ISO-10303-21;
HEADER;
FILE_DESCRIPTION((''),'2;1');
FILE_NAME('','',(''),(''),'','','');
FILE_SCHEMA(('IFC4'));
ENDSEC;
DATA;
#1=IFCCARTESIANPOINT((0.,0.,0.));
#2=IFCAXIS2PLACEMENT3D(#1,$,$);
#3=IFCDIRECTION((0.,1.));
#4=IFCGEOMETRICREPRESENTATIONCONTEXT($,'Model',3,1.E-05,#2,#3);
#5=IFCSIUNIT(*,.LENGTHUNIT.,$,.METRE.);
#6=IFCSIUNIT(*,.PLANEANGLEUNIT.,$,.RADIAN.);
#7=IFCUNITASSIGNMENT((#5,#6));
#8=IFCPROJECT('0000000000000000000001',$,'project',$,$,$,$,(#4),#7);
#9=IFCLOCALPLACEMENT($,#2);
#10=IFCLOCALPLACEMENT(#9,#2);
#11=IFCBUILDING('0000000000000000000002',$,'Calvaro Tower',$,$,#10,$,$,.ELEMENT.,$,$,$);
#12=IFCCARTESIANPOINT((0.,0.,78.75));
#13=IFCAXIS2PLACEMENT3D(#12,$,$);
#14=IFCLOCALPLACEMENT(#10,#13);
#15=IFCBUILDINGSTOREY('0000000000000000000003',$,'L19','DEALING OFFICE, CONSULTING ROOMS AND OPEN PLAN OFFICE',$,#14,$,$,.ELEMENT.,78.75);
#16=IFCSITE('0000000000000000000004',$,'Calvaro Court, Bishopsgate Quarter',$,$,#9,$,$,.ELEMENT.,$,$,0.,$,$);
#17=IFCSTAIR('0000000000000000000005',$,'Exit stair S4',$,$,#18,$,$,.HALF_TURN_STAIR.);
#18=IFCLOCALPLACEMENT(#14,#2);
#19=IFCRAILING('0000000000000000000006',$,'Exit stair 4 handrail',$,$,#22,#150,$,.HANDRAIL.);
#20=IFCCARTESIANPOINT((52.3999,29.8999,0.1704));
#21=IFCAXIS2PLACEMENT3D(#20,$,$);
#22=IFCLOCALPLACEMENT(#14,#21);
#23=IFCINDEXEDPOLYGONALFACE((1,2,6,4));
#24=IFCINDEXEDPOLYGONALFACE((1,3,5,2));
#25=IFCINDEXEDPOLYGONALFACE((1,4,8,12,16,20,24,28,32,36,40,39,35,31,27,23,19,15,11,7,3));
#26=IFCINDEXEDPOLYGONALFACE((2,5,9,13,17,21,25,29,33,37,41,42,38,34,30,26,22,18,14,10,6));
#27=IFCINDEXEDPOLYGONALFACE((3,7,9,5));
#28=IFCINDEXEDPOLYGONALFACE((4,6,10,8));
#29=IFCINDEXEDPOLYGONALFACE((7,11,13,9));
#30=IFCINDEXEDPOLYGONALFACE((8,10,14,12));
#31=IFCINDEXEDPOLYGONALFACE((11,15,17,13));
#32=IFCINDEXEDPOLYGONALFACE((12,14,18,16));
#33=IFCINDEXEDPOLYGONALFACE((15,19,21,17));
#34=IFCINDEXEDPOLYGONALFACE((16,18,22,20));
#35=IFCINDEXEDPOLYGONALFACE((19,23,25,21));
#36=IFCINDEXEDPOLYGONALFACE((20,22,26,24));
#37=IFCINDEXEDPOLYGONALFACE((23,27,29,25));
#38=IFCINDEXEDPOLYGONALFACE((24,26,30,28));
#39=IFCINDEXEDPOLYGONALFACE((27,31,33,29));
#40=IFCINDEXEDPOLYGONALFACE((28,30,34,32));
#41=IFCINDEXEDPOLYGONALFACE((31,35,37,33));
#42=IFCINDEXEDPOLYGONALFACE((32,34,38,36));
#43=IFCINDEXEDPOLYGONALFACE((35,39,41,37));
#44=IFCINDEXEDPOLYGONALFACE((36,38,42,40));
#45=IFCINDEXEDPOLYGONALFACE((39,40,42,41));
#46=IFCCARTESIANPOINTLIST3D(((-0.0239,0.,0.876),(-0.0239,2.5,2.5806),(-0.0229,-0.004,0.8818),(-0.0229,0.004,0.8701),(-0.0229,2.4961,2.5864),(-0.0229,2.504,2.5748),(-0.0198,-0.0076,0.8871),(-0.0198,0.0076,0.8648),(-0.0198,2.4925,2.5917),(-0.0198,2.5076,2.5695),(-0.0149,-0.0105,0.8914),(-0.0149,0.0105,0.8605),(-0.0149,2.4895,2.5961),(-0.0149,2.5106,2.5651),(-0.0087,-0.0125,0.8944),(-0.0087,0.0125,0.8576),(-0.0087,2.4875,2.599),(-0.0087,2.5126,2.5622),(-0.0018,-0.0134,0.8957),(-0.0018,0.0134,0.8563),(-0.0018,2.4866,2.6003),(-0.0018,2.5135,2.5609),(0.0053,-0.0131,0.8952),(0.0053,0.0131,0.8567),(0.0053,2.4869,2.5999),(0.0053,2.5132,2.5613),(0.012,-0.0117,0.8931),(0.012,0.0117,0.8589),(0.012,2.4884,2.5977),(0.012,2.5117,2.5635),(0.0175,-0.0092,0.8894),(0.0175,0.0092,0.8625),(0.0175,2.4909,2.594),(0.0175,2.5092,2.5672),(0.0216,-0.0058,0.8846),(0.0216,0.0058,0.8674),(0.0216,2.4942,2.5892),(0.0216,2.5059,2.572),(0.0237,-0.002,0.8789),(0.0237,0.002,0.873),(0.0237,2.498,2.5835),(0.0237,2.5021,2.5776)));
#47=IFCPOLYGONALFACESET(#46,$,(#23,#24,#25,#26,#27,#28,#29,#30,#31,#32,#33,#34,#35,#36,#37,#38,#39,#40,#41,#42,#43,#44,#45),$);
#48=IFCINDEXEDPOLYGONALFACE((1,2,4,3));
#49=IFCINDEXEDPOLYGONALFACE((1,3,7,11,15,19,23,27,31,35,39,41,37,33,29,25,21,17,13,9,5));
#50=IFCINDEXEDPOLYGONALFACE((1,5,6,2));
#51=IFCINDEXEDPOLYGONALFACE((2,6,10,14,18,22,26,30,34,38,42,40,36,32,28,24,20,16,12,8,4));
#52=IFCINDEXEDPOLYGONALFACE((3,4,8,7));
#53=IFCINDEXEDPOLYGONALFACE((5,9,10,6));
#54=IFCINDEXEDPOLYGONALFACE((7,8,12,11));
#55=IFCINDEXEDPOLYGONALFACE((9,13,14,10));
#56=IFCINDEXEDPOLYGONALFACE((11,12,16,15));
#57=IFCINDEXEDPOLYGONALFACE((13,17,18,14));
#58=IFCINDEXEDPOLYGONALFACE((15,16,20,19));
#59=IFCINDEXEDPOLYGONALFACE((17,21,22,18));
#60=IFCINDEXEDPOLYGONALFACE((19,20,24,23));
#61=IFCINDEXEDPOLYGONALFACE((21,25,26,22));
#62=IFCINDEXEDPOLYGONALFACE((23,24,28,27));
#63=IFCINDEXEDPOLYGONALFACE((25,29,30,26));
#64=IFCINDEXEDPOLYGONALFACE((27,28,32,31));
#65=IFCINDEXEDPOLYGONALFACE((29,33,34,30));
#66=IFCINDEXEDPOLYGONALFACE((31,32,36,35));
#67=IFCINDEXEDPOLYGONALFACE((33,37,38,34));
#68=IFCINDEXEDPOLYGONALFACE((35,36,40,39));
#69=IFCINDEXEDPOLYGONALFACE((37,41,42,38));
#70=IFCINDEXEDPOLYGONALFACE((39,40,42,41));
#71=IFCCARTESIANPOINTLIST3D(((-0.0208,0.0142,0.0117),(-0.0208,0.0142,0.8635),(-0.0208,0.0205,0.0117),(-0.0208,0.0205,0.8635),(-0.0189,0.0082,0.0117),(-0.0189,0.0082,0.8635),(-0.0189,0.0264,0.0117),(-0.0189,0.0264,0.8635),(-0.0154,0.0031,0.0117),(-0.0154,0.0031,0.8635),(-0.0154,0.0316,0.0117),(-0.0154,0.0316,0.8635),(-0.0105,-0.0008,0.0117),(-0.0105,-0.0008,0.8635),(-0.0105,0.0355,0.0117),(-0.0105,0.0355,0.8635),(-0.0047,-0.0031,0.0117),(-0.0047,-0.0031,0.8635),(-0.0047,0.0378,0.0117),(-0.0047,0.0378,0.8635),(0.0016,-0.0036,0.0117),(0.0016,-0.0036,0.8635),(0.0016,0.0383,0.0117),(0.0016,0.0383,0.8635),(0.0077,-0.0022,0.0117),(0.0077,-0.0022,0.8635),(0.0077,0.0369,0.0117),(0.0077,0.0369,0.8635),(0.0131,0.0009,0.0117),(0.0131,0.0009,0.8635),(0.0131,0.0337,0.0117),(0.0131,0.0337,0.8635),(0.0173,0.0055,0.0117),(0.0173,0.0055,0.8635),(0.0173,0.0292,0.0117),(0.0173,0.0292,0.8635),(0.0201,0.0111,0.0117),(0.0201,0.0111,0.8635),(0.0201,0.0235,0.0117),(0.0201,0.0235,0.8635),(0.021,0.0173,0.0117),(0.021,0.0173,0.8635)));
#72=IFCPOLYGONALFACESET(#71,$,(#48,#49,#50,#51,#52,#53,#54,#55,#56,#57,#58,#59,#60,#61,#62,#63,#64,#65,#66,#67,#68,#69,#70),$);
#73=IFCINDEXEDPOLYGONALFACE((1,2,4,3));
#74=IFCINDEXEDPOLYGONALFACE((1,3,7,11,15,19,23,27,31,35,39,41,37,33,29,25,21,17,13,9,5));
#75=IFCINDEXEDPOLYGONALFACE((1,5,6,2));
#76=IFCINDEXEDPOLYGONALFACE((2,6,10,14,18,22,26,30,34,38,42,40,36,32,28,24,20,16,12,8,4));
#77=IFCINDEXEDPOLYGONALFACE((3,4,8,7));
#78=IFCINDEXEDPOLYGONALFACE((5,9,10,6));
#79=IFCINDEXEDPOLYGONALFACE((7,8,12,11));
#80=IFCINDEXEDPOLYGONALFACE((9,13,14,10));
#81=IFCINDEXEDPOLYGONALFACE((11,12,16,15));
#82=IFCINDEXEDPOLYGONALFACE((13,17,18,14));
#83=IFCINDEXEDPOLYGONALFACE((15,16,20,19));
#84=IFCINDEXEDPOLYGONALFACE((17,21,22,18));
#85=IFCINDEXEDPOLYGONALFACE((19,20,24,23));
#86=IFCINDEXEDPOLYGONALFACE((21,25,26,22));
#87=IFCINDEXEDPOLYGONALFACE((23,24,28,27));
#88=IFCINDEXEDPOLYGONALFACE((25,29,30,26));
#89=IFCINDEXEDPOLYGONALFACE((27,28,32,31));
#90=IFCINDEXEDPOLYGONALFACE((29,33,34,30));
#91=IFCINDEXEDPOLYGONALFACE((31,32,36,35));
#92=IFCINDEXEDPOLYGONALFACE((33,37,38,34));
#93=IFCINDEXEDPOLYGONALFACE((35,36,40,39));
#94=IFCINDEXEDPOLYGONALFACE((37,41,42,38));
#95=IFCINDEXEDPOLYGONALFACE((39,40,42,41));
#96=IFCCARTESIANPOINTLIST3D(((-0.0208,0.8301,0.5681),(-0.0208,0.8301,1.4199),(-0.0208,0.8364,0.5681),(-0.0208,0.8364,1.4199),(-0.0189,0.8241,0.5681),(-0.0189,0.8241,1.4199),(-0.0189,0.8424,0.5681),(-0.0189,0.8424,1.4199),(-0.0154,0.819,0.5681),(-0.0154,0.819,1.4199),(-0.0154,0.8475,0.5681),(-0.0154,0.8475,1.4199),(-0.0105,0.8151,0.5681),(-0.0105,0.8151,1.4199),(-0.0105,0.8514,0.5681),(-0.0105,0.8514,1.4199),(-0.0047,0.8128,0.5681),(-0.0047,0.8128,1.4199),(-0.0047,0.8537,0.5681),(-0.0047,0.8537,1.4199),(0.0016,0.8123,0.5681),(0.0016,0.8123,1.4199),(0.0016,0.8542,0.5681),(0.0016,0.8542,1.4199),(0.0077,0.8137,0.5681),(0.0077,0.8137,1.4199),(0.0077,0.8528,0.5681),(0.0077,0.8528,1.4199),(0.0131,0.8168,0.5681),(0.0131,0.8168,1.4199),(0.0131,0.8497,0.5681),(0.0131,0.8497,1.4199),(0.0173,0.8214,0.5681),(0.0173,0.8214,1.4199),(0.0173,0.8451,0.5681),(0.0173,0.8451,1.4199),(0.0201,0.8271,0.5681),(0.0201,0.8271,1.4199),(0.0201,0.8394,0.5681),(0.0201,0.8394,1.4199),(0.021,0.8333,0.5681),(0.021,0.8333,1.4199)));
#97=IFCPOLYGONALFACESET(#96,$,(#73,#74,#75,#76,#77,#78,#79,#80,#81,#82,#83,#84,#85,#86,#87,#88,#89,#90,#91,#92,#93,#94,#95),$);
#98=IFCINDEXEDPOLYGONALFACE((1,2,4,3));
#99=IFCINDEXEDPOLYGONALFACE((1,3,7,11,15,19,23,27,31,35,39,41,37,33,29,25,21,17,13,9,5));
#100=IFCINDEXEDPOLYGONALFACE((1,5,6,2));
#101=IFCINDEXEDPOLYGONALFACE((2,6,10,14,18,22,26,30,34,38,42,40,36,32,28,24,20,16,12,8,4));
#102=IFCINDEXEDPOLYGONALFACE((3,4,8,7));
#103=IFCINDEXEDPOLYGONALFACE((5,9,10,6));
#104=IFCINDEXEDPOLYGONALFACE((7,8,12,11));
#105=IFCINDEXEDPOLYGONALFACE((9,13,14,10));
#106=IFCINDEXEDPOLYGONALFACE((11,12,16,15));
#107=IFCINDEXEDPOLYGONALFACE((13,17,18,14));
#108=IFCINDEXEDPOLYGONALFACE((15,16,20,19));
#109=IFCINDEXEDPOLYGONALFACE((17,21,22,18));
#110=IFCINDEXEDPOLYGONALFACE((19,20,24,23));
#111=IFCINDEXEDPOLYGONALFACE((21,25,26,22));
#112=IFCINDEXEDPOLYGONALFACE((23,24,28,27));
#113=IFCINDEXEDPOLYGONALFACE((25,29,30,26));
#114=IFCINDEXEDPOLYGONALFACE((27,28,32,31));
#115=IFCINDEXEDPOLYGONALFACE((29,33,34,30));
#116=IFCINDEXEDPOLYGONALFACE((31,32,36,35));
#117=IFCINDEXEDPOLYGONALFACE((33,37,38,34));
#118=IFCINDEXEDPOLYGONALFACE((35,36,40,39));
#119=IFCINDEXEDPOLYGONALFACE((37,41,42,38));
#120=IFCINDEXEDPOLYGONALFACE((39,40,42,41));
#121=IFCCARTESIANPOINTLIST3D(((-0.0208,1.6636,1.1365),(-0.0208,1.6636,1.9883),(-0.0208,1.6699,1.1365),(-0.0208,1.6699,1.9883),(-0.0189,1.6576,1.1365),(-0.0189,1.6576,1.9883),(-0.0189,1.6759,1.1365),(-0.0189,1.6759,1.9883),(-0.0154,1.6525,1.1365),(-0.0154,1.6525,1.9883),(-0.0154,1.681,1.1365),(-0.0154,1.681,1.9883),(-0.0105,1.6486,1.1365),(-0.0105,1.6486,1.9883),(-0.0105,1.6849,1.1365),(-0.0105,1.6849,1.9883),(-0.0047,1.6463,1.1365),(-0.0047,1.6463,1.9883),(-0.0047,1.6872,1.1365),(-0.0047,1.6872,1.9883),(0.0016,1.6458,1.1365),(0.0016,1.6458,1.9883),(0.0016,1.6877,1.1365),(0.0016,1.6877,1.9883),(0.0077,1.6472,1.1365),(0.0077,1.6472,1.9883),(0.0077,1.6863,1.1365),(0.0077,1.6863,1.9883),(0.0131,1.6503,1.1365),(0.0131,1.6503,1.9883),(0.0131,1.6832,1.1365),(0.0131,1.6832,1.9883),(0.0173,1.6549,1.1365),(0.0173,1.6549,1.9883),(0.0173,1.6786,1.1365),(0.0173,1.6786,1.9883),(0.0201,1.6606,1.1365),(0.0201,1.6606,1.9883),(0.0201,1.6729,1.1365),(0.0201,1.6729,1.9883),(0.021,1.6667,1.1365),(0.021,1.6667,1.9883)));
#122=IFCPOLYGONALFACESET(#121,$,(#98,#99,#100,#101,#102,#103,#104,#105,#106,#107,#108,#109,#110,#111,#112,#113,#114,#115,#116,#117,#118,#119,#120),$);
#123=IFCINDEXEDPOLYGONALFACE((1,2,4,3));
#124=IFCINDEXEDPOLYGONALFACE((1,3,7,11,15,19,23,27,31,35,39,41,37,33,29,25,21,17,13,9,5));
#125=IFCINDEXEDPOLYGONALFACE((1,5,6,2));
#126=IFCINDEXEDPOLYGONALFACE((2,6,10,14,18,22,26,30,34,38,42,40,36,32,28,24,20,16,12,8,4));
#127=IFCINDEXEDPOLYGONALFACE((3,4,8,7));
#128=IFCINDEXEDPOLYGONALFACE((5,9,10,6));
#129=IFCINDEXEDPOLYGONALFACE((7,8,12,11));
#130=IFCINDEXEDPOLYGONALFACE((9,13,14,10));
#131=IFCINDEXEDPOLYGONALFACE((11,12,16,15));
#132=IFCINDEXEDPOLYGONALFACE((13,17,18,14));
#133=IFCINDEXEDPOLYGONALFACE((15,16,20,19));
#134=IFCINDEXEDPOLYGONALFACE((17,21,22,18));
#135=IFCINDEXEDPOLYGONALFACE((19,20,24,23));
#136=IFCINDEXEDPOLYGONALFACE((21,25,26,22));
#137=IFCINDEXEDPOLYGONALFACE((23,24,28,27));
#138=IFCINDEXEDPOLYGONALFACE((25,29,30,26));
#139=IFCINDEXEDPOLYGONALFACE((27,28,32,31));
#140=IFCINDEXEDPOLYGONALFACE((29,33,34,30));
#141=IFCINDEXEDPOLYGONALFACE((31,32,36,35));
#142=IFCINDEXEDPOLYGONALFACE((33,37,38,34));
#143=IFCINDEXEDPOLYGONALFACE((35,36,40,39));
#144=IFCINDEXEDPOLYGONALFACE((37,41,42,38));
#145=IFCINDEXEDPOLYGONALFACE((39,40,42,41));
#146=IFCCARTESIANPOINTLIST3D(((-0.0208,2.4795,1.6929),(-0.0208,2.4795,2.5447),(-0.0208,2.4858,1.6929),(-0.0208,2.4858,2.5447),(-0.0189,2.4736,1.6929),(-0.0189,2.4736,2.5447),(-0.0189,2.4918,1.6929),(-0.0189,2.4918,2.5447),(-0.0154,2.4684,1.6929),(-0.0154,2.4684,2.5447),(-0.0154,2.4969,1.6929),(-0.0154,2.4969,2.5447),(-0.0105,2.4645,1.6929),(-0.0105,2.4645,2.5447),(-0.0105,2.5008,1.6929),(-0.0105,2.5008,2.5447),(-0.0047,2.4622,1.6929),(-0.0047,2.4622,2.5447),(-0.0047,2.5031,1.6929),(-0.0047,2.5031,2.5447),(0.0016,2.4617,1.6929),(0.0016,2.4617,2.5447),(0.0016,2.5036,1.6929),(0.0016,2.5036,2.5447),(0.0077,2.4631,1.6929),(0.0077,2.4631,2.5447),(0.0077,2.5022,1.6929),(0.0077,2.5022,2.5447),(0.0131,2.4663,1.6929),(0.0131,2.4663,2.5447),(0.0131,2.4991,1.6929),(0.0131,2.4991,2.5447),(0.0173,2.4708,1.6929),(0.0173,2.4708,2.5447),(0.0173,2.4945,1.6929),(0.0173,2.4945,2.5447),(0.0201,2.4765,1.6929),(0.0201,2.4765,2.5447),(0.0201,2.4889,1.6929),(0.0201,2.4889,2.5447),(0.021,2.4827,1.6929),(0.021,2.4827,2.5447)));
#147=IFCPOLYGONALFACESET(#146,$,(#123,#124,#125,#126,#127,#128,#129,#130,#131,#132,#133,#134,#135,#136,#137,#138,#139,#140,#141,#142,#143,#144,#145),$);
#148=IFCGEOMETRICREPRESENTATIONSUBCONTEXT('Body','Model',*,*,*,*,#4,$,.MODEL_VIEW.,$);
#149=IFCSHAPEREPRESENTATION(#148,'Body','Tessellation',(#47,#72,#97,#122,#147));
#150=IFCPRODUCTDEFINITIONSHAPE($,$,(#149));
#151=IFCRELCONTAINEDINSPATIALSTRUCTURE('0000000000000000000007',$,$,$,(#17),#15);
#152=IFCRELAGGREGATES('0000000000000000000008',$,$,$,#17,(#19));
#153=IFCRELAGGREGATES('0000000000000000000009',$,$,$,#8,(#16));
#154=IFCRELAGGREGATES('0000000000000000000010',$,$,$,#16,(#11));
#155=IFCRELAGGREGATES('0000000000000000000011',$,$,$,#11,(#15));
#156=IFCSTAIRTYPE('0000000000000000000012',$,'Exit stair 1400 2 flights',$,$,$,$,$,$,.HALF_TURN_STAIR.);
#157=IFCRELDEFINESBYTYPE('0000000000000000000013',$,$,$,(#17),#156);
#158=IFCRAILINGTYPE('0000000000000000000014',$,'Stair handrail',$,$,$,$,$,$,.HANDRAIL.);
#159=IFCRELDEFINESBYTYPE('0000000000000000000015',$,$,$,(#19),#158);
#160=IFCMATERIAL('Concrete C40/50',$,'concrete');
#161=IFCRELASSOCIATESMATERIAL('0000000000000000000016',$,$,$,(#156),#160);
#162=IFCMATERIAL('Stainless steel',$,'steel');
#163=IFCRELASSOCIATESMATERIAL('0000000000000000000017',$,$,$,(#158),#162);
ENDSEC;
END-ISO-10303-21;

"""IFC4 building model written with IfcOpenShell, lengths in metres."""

from ifc_helpers import new_model, si_unit, direction, frame, origin, origin_2d, place, context, subcontext, project, spatial, circle, extrude, material, type_object, element, aggregate, save


model = new_model("IFC4")

# Units and contexts
model_context = context("Model", 3, precision=1e-05, world=origin(), true_north=direction((0.0, 1.0)))
body_context = subcontext(model_context, "Body", "Model", "MODEL_VIEW")
ifc_project = project(units=[si_unit("LENGTHUNIT", "METRE"), si_unit("PLANEANGLEUNIT", "RADIAN")], contexts=[model_context])

# Site, building, storey
site_placement = place(None, origin())
site = spatial("IfcSite", under=ifc_project, at=site_placement, Name="Calvaro Court, Bishopsgate Quarter", CompositionType="ELEMENT", RefElevation=0.0)
building_placement = place(site_placement, origin())
building = spatial("IfcBuilding", under=site, at=building_placement, Name="Calvaro Tower", CompositionType="ELEMENT")
storey_placement = place(building_placement, frame((0.0, 0.0, 78.75)))
storey = spatial("IfcBuildingStorey", under=building, at=storey_placement, Name="L19", Description="DEALING OFFICE, CONSULTING ROOMS AND OPEN PLAN OFFICE", CompositionType="ELEMENT", Elevation=78.75)

# Stair
ifc_material_1 = material(Name="Concrete C40/50", Category="concrete")
stair_type = type_object("IfcStairType", Name="Exit stair 1400 2 flights", PredefinedType="HALF_TURN_STAIR", material=ifc_material_1)
stair_1_placement = place(storey_placement, origin())
stair_1 = element("IfcStair", 1, at=stair_1_placement, inside=storey, type_object=stair_type, Name="Exit stair S4", PredefinedType="HALF_TURN_STAIR")

# Railing
ifc_material_2 = material(Name="Stainless steel", Category="steel")
railing_type = type_object("IfcRailingType", Name="Stair handrail", PredefinedType="HANDRAIL", material=ifc_material_2)
railing_1_placement = place(storey_placement, frame((52.3999, 29.8999, 0.1704)))
railing_1 = element("IfcRailing", 2, at=railing_1_placement, type_object=railing_type, Name="Exit stair 4 handrail", PredefinedType="HANDRAIL", context=body_context, shape_type="SweptSolid", body=[
    extrude(circle(Radius=0.0239, at=origin_2d()), frame((0.0, 0.0, 0.876), z_axis=(0.0, 0.826221, 0.563347), x_axis=(-1.0, 0.0, 0.0)), (0.0, 0.0, 1.0), 3.0259),
    extrude(circle(Radius=0.021, at=origin_2d()), frame((0.0, 0.0173, 0.0117)), (0.0, 0.0, 1.0), 0.8518),
    extrude(circle(Radius=0.021, at=origin_2d()), frame((0.0, 0.8333, 0.5681)), (0.0, 0.0, 1.0), 0.8518),
    extrude(circle(Radius=0.021, at=origin_2d()), frame((0.0, 1.6667, 1.1365)), (0.0, 0.0, 1.0), 0.8518),
    extrude(circle(Radius=0.021, at=origin_2d()), frame((0.0, 2.4827, 1.6929)), (0.0, 0.0, 1.0), 0.8518),
])
aggregate(stair_1, [railing_1])

save(model, "model.ifc")
